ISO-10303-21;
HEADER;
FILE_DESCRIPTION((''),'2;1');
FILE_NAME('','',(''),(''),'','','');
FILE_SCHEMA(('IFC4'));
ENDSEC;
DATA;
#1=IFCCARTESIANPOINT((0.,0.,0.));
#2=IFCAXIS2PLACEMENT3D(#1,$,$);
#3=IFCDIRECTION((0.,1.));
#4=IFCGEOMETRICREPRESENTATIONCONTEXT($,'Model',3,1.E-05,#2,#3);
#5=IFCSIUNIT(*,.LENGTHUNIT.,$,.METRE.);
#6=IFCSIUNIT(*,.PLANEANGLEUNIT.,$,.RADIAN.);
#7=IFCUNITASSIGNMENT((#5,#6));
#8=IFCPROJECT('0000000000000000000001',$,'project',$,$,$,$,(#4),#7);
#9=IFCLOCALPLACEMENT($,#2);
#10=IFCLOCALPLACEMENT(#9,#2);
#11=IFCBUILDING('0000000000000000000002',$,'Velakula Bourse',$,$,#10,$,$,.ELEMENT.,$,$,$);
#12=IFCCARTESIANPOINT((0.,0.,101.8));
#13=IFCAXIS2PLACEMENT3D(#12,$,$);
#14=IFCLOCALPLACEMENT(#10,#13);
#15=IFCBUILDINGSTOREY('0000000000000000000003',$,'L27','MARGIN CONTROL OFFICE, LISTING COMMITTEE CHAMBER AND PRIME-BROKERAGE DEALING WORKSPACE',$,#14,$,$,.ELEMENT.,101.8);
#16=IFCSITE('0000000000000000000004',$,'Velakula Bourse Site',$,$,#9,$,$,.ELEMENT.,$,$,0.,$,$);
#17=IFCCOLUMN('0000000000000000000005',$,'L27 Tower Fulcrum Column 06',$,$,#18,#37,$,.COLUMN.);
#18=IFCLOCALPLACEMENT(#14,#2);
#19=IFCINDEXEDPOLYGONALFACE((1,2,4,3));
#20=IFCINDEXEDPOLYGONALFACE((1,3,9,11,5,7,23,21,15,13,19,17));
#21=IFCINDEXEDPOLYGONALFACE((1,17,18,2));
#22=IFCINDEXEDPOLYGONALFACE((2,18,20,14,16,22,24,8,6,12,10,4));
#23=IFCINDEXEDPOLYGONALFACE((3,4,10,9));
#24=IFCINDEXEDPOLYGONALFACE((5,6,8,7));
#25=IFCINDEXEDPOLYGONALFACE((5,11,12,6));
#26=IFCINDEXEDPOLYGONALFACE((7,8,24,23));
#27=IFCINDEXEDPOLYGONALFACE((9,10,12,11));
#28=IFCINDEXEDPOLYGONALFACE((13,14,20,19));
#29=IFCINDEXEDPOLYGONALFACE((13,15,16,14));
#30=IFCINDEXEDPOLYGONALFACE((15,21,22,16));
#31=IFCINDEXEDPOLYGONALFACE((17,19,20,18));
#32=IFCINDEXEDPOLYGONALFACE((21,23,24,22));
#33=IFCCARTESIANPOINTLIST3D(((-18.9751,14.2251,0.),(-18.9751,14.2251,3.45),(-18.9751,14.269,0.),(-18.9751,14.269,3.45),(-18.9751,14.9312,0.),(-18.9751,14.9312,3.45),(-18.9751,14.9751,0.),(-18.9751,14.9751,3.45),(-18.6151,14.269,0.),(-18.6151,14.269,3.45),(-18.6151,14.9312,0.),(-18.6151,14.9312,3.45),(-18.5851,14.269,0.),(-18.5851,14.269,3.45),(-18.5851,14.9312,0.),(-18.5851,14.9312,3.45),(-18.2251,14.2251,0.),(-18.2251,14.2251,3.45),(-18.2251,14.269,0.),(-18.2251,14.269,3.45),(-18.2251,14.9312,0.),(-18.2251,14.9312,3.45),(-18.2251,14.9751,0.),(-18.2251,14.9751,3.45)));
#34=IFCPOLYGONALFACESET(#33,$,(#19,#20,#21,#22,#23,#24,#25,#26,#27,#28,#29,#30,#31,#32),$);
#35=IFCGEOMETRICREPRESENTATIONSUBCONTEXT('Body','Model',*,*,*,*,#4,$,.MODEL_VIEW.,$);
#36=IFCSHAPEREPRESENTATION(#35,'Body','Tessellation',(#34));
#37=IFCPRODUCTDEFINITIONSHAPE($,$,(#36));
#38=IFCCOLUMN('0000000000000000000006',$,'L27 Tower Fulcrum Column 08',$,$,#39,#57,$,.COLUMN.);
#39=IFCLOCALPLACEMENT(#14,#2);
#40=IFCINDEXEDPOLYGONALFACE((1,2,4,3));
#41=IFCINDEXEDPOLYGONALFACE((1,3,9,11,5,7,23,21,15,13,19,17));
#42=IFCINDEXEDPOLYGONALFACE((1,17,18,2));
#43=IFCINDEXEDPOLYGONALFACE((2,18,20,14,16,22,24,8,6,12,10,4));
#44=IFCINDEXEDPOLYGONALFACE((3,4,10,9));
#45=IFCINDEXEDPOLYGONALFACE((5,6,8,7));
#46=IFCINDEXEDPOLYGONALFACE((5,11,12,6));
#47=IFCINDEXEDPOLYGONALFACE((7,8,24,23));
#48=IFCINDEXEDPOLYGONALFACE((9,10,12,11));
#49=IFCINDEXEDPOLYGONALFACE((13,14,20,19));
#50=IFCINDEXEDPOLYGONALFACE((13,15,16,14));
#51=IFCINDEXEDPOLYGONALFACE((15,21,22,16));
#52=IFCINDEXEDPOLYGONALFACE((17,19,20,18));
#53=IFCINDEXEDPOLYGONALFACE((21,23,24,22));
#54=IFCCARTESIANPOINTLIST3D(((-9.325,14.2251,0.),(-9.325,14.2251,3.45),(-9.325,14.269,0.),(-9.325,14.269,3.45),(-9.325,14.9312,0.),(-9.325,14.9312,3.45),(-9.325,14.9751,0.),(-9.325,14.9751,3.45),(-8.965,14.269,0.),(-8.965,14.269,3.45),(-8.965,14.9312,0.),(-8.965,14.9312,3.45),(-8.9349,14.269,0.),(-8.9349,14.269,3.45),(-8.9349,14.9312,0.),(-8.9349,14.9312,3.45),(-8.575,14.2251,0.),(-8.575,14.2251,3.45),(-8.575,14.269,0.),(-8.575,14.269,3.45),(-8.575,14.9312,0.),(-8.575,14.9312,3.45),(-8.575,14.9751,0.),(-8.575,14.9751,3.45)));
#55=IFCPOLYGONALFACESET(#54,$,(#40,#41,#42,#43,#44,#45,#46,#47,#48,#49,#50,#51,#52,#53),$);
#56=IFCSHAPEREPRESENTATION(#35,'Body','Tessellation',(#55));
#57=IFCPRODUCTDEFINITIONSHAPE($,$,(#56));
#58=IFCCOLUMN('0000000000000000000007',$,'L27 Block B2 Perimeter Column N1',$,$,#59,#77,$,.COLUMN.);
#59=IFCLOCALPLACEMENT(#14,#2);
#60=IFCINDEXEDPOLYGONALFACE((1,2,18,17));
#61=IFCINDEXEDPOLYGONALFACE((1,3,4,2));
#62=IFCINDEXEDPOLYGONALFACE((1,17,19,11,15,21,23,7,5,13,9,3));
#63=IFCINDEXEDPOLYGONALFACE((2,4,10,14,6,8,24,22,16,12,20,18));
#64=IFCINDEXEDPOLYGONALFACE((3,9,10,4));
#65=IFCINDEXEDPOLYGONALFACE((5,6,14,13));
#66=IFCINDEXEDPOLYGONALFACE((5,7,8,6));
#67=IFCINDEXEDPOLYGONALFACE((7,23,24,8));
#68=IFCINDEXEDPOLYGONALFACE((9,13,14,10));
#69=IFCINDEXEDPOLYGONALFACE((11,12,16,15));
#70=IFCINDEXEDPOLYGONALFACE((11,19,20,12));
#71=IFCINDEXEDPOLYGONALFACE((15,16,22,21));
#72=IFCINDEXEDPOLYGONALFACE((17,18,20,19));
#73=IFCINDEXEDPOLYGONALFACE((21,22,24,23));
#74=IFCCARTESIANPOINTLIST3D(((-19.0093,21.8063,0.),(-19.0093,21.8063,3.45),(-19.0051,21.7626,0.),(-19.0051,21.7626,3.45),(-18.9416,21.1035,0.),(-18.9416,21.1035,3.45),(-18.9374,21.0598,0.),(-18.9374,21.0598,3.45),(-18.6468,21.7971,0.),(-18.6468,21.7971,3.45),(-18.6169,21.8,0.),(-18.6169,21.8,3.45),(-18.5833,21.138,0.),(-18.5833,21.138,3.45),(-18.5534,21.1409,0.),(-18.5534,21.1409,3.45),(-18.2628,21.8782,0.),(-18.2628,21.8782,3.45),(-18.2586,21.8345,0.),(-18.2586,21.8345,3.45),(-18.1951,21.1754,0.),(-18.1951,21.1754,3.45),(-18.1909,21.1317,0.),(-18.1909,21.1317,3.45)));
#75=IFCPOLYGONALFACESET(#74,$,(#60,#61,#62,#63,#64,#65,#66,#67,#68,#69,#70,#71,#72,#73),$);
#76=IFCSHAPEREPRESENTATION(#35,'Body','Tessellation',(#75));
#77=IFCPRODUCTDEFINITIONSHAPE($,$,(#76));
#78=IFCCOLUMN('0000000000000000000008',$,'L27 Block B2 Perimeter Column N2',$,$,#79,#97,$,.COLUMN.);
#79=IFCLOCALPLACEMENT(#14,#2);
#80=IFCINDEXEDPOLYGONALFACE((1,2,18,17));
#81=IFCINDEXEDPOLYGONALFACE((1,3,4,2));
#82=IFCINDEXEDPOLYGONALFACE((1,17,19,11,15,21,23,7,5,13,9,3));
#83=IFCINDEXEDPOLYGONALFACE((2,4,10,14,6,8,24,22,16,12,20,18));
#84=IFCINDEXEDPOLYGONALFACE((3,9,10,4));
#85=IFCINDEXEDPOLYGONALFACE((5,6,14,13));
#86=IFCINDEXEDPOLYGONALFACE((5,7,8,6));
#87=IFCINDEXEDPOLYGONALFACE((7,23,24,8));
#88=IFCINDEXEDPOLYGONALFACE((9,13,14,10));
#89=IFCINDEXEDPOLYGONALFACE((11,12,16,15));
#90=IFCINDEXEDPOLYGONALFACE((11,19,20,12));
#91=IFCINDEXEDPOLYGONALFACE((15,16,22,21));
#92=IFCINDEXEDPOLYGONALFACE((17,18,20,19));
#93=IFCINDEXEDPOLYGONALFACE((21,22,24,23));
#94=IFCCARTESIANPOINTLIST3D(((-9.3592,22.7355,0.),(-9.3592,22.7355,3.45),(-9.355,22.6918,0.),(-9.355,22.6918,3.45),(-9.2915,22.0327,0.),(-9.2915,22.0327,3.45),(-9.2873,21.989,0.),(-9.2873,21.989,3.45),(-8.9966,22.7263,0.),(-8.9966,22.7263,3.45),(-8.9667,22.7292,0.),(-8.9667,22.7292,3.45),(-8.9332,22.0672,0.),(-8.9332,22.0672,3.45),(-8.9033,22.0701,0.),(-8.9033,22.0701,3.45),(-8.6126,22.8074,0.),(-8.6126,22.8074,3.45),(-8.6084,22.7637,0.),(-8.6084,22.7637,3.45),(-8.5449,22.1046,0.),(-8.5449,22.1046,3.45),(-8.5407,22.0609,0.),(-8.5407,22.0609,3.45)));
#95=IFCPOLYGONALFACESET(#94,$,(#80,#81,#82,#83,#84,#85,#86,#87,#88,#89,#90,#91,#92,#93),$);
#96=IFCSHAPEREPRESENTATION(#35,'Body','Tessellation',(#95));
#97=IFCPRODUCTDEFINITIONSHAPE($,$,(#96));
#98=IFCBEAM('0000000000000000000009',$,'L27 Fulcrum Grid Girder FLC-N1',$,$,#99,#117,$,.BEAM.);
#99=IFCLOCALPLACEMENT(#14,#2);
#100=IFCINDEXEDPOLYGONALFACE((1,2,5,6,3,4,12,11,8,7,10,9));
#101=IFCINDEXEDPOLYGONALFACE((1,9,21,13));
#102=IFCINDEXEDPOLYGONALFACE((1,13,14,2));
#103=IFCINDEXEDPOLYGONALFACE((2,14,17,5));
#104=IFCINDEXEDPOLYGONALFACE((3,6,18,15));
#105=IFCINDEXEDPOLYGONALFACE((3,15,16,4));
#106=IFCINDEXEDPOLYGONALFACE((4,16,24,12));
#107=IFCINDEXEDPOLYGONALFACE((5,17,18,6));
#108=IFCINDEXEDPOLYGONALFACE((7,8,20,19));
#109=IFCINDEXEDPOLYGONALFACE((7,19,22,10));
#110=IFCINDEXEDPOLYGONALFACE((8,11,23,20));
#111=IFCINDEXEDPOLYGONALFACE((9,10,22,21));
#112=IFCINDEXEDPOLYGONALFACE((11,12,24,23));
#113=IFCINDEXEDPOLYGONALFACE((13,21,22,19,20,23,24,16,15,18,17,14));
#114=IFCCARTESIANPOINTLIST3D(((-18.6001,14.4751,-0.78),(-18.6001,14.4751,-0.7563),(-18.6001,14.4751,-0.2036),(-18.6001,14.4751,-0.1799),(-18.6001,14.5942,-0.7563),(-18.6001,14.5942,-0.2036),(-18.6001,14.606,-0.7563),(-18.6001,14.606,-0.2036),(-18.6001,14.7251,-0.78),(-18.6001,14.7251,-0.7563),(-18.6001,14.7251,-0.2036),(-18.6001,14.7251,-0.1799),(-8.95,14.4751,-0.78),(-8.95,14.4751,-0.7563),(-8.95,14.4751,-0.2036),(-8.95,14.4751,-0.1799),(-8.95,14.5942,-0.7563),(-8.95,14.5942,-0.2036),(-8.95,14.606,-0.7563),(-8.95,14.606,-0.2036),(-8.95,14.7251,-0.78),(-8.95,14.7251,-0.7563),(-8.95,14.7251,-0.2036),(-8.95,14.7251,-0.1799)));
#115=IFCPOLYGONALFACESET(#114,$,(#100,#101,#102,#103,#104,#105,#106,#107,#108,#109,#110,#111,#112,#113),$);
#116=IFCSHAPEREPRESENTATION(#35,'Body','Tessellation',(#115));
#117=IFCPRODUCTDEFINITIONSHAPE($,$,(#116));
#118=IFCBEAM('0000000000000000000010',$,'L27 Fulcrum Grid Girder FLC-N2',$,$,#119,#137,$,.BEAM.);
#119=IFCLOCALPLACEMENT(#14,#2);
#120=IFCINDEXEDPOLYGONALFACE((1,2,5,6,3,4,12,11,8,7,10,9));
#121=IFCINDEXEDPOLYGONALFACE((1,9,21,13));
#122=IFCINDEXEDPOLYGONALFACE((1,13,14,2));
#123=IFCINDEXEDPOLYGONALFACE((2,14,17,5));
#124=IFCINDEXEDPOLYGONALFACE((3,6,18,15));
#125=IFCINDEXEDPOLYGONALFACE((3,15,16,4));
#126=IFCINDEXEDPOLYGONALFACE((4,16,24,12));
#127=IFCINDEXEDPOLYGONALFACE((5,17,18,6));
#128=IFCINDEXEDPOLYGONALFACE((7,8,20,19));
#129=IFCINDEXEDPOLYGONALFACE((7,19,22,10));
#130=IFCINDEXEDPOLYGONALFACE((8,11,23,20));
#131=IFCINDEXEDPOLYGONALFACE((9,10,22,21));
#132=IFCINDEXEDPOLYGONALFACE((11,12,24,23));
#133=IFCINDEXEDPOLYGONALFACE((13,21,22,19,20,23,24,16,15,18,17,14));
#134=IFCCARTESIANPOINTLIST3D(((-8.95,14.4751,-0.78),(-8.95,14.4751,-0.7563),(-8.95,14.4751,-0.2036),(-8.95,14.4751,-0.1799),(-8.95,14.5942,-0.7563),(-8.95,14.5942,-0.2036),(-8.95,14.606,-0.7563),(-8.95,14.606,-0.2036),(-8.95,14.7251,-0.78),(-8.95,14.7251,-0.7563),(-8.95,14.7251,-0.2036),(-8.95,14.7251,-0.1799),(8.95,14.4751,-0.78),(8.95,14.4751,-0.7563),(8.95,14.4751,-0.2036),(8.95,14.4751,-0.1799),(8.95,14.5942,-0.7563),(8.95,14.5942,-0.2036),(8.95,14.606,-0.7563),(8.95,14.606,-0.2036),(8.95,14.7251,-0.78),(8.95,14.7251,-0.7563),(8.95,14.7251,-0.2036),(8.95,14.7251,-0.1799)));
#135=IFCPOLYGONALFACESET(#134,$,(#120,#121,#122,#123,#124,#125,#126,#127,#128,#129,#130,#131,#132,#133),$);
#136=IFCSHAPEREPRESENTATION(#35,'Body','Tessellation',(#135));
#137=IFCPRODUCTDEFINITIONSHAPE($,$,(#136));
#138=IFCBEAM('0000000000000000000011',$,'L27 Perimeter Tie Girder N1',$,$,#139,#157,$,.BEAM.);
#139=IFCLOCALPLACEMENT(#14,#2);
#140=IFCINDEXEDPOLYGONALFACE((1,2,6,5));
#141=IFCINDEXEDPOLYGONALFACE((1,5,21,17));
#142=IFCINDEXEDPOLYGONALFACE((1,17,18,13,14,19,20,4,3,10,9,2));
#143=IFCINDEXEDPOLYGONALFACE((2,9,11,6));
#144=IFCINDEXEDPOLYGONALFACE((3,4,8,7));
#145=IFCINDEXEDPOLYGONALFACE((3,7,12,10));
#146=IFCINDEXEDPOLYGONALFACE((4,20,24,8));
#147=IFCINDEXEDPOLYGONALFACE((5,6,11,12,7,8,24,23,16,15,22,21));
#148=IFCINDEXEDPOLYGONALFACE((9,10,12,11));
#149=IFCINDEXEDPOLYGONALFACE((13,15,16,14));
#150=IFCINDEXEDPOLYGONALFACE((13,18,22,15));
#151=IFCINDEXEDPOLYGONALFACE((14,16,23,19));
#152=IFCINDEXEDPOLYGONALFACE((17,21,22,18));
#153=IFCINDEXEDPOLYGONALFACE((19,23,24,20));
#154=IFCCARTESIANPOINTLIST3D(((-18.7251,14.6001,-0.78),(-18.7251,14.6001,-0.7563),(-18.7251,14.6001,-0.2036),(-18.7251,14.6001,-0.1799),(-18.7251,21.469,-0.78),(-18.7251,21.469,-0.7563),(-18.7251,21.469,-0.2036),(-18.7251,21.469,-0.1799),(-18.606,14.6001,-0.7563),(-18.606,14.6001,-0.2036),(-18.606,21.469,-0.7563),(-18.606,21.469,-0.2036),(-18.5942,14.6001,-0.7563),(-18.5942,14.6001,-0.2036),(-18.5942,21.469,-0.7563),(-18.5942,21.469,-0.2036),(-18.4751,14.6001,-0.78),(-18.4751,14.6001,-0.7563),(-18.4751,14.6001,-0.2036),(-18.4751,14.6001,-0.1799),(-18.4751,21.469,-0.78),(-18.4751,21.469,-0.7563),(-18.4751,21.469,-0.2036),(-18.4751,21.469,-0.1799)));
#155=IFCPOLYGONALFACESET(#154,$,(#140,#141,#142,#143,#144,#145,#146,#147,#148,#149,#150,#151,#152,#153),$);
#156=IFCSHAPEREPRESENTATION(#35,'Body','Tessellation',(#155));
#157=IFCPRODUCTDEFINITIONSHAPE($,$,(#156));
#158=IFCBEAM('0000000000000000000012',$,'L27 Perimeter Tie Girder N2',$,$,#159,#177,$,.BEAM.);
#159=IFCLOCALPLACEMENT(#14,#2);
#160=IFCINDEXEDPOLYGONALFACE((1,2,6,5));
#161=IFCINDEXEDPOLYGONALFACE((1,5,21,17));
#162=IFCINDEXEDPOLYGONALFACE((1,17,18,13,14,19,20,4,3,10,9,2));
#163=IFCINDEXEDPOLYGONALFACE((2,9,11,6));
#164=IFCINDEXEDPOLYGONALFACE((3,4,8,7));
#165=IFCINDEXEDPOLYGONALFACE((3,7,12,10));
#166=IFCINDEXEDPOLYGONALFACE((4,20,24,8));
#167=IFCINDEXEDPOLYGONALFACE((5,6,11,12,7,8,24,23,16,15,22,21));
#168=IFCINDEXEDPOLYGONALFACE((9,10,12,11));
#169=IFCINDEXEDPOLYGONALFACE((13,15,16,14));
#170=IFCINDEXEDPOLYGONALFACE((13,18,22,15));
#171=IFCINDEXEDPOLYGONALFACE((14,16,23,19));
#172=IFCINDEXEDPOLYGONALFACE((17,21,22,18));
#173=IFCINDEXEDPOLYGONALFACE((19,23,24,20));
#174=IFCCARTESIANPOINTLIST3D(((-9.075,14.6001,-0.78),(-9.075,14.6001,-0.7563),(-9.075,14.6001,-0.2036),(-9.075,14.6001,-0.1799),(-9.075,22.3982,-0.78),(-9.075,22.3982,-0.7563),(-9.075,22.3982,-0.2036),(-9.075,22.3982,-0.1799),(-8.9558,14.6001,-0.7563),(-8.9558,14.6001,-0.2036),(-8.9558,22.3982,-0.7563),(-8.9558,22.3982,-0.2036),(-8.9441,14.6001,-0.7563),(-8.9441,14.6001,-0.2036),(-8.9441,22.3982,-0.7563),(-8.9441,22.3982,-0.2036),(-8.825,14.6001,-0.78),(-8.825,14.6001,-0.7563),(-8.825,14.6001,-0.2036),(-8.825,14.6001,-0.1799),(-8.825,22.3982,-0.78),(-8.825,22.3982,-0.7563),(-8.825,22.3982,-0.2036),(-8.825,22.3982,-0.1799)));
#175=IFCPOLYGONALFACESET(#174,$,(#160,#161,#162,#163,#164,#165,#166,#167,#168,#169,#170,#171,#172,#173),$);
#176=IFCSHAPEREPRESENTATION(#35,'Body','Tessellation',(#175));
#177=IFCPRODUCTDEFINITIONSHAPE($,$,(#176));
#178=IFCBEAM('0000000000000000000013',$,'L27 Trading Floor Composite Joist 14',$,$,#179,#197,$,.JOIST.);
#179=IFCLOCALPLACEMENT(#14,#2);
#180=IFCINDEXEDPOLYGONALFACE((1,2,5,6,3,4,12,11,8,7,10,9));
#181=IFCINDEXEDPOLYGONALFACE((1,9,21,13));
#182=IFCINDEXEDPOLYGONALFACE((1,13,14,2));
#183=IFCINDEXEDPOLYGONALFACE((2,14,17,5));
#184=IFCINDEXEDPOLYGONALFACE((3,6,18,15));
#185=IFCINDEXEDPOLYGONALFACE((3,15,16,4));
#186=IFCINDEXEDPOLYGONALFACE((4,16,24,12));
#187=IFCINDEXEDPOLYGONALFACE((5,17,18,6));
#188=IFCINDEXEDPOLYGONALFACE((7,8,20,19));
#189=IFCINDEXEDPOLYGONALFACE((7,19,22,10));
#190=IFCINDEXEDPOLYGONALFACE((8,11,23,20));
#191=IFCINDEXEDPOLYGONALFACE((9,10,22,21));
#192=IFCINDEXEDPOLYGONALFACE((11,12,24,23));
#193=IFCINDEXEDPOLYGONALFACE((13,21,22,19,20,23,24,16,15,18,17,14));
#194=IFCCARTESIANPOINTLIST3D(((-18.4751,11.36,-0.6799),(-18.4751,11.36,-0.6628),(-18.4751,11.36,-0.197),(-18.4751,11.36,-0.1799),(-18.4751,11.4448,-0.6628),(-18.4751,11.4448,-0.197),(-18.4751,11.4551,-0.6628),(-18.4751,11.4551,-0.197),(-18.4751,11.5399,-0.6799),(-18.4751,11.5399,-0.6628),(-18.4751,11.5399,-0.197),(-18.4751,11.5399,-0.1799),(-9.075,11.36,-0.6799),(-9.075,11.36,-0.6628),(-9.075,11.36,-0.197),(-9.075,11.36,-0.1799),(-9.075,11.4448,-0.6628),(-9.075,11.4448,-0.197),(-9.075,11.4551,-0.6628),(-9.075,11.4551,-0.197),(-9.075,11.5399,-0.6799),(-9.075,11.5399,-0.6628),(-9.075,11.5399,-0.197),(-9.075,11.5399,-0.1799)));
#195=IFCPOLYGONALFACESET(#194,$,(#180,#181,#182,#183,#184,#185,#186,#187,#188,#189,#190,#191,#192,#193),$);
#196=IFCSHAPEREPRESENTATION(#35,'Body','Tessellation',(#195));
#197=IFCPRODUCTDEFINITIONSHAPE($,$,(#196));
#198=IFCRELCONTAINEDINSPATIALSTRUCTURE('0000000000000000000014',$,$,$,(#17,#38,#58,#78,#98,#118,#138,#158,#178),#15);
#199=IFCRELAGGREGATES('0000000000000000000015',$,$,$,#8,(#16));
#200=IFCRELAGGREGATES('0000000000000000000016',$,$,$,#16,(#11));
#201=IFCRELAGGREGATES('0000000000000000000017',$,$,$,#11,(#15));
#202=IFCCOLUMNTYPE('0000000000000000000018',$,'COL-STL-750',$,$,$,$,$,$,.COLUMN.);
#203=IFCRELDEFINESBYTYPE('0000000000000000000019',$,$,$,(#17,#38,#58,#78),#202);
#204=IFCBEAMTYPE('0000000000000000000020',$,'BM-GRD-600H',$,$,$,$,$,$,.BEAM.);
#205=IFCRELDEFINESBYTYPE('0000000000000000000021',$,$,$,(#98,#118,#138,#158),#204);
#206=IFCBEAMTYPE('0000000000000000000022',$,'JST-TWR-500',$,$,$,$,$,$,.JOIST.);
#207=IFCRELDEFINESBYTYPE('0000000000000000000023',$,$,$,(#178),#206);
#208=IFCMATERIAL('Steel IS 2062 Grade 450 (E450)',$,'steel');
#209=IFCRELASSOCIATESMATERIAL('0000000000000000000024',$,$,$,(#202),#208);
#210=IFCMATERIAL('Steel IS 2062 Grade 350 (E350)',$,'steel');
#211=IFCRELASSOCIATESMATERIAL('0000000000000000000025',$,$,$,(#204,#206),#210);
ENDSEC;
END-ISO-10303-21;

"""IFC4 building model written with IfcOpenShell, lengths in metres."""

from ifc_helpers import new_model, si_unit, direction, frame, origin, origin_2d, place, context, subcontext, project, spatial, i_section, extrude, material, material_profile, profile_set, type_object, element, save


model = new_model("IFC4")

# Units and contexts
model_context = context("Model", 3, precision=1e-05, world=origin(), true_north=direction((0.0, 1.0)))
body_context = subcontext(model_context, "Body", "Model", "MODEL_VIEW")
ifc_project = project(units=[si_unit("LENGTHUNIT", "METRE"), si_unit("PLANEANGLEUNIT", "RADIAN")], contexts=[model_context])

# Site, building, storey
site_placement = place(None, origin())
site = spatial("IfcSite", under=ifc_project, at=site_placement, Name="Velakula Bourse Site", CompositionType="ELEMENT", RefElevation=0.0)
building_placement = place(site_placement, origin())
building = spatial("IfcBuilding", under=site, at=building_placement, Name="Velakula Bourse", CompositionType="ELEMENT")
storey_placement = place(building_placement, frame((0.0, 0.0, 101.8)))
storey = spatial("IfcBuildingStorey", under=building, at=storey_placement, Name="L27", Description="MARGIN CONTROL OFFICE, LISTING COMMITTEE CHAMBER AND PRIME-BROKERAGE DEALING WORKSPACE", CompositionType="ELEMENT", Elevation=101.8)

# Columns
ifc_material_1 = material(Name="Steel IS 2062 Grade 450 (E450)", Category="steel")
ifc_material_profile_1 = material_profile(ifc_material_1, i_section(OverallWidth=0.75, OverallDepth=0.75, WebThickness=0.03, FlangeThickness=0.0439, at=origin_2d()), Name="Steel IS 2062 Grade 450 (E450)")
ifc_profile_set_1 = profile_set([ifc_material_profile_1], Name="Steel IS 2062 Grade 450 (E450)")
column_type = type_object("IfcColumnType", Name="COL-STL-750", PredefinedType="COLUMN", material=ifc_profile_set_1)
for number, where, z_axis, x_axis, name in (
    (1, (-18.6001, 14.6001, 0.0), (0.0, 0.0, 1.0), (1.0, 0.0, 0.0), "L27 Tower Fulcrum Column 06"),
    (2, (-8.95, 14.6001, 0.0), (0.0, 0.0, 1.0), (1.0, 0.0, 0.0), "L27 Tower Fulcrum Column 08"),
    (3, (-18.6001, 21.469, 0.0), (0.0, 0.0, 1.0), (0.995396, 0.095846, 0.0), "L27 Block B2 Perimeter Column N1"),
    (4, (-8.95, 22.3982, 0.0), (0.0, 0.0, 1.0), (0.995396, 0.095846, 0.0), "L27 Block B2 Perimeter Column N2"),
):
    element("IfcColumn", number, at=place(storey_placement, frame(where, z_axis=z_axis, x_axis=x_axis)), inside=storey, type_object=column_type, Name=name, PredefinedType="COLUMN", context=body_context, shape_type="SweptSolid", body=[
        extrude(i_section(OverallWidth=0.75, OverallDepth=0.75, WebThickness=0.03, FlangeThickness=0.0439, at=origin_2d()), origin(), (0.0, 0.0, 1.0), 3.45),
    ])

# Beams
ifc_material_2 = material(Name="Steel IS 2062 Grade 350 (E350)", Category="steel")
ifc_material_profile_2 = material_profile(ifc_material_2, i_section(OverallWidth=0.25, OverallDepth=0.6001, WebThickness=0.0117, FlangeThickness=0.0237, at=origin_2d()), Name="Steel IS 2062 Grade 350 (E350)")
ifc_profile_set_2 = profile_set([ifc_material_profile_2], Name="Steel IS 2062 Grade 350 (E350)")
beam_type_1 = type_object("IfcBeamType", Name="BM-GRD-600H", PredefinedType="BEAM", material=ifc_profile_set_2)
beam_1_placement = place(storey_placement, frame((-18.6001, 14.6001, -0.48), z_axis=(1.0, 0.0, 0.0), x_axis=(0.0, 1.0, 0.0)))
element("IfcBeam", 5, at=beam_1_placement, inside=storey, type_object=beam_type_1, Name="L27 Fulcrum Grid Girder FLC-N1", PredefinedType="BEAM", context=body_context, shape_type="SweptSolid", body=[
    extrude(i_section(OverallWidth=0.25, OverallDepth=0.6001, WebThickness=0.0117, FlangeThickness=0.0237, at=origin_2d()), origin(), (0.0, 0.0, 1.0), 9.6501),
])
beam_2_placement = place(storey_placement, frame((-8.95, 14.6001, -0.48), z_axis=(1.0, 0.0, 0.0), x_axis=(0.0, 1.0, 0.0)))
element("IfcBeam", 6, at=beam_2_placement, inside=storey, type_object=beam_type_1, Name="L27 Fulcrum Grid Girder FLC-N2", PredefinedType="BEAM", context=body_context, shape_type="SweptSolid", body=[
    extrude(i_section(OverallWidth=0.25, OverallDepth=0.6001, WebThickness=0.0117, FlangeThickness=0.0237, at=origin_2d()), origin(), (0.0, 0.0, 1.0), 17.8999),
])
beam_3_placement = place(storey_placement, frame((-18.6001, 14.6001, -0.48), z_axis=(0.0, 1.0, 0.0), x_axis=(-1.0, 0.0, 0.0)))
element("IfcBeam", 7, at=beam_3_placement, inside=storey, type_object=beam_type_1, Name="L27 Perimeter Tie Girder N1", PredefinedType="BEAM", context=body_context, shape_type="SweptSolid", body=[
    extrude(i_section(OverallWidth=0.25, OverallDepth=0.6001, WebThickness=0.0117, FlangeThickness=0.0237, at=origin_2d()), origin(), (0.0, 0.0, 1.0), 6.8689),
])
beam_4_placement = place(storey_placement, frame((-8.95, 14.6001, -0.48), z_axis=(0.0, 1.0, 0.0), x_axis=(-1.0, 0.0, 0.0)))
element("IfcBeam", 8, at=beam_4_placement, inside=storey, type_object=beam_type_1, Name="L27 Perimeter Tie Girder N2", PredefinedType="BEAM", context=body_context, shape_type="SweptSolid", body=[
    extrude(i_section(OverallWidth=0.25, OverallDepth=0.6001, WebThickness=0.0117, FlangeThickness=0.0237, at=origin_2d()), origin(), (0.0, 0.0, 1.0), 7.7981),
])
ifc_material_profile_3 = material_profile(ifc_material_2, i_section(OverallWidth=0.1799, OverallDepth=0.5, WebThickness=0.0103, FlangeThickness=0.0171, at=origin_2d()), Name="Steel IS 2062 Grade 350 (E350)")
ifc_profile_set_3 = profile_set([ifc_material_profile_3], Name="Steel IS 2062 Grade 350 (E350)")
beam_type_2 = type_object("IfcBeamType", Name="JST-TWR-500", PredefinedType="JOIST", material=ifc_profile_set_3)
beam_5_placement = place(storey_placement, frame((-18.4751, 11.45, -0.4299), z_axis=(1.0, 0.0, 0.0), x_axis=(0.0, 1.0, 0.0)))
element("IfcBeam", 9, at=beam_5_placement, inside=storey, type_object=beam_type_2, Name="L27 Trading Floor Composite Joist 14", PredefinedType="JOIST", context=body_context, shape_type="SweptSolid", body=[
    extrude(i_section(OverallWidth=0.1799, OverallDepth=0.5, WebThickness=0.0103, FlangeThickness=0.0171, at=origin_2d()), origin(), (0.0, 0.0, 1.0), 9.4001),
])

save(model, "model.ifc")
